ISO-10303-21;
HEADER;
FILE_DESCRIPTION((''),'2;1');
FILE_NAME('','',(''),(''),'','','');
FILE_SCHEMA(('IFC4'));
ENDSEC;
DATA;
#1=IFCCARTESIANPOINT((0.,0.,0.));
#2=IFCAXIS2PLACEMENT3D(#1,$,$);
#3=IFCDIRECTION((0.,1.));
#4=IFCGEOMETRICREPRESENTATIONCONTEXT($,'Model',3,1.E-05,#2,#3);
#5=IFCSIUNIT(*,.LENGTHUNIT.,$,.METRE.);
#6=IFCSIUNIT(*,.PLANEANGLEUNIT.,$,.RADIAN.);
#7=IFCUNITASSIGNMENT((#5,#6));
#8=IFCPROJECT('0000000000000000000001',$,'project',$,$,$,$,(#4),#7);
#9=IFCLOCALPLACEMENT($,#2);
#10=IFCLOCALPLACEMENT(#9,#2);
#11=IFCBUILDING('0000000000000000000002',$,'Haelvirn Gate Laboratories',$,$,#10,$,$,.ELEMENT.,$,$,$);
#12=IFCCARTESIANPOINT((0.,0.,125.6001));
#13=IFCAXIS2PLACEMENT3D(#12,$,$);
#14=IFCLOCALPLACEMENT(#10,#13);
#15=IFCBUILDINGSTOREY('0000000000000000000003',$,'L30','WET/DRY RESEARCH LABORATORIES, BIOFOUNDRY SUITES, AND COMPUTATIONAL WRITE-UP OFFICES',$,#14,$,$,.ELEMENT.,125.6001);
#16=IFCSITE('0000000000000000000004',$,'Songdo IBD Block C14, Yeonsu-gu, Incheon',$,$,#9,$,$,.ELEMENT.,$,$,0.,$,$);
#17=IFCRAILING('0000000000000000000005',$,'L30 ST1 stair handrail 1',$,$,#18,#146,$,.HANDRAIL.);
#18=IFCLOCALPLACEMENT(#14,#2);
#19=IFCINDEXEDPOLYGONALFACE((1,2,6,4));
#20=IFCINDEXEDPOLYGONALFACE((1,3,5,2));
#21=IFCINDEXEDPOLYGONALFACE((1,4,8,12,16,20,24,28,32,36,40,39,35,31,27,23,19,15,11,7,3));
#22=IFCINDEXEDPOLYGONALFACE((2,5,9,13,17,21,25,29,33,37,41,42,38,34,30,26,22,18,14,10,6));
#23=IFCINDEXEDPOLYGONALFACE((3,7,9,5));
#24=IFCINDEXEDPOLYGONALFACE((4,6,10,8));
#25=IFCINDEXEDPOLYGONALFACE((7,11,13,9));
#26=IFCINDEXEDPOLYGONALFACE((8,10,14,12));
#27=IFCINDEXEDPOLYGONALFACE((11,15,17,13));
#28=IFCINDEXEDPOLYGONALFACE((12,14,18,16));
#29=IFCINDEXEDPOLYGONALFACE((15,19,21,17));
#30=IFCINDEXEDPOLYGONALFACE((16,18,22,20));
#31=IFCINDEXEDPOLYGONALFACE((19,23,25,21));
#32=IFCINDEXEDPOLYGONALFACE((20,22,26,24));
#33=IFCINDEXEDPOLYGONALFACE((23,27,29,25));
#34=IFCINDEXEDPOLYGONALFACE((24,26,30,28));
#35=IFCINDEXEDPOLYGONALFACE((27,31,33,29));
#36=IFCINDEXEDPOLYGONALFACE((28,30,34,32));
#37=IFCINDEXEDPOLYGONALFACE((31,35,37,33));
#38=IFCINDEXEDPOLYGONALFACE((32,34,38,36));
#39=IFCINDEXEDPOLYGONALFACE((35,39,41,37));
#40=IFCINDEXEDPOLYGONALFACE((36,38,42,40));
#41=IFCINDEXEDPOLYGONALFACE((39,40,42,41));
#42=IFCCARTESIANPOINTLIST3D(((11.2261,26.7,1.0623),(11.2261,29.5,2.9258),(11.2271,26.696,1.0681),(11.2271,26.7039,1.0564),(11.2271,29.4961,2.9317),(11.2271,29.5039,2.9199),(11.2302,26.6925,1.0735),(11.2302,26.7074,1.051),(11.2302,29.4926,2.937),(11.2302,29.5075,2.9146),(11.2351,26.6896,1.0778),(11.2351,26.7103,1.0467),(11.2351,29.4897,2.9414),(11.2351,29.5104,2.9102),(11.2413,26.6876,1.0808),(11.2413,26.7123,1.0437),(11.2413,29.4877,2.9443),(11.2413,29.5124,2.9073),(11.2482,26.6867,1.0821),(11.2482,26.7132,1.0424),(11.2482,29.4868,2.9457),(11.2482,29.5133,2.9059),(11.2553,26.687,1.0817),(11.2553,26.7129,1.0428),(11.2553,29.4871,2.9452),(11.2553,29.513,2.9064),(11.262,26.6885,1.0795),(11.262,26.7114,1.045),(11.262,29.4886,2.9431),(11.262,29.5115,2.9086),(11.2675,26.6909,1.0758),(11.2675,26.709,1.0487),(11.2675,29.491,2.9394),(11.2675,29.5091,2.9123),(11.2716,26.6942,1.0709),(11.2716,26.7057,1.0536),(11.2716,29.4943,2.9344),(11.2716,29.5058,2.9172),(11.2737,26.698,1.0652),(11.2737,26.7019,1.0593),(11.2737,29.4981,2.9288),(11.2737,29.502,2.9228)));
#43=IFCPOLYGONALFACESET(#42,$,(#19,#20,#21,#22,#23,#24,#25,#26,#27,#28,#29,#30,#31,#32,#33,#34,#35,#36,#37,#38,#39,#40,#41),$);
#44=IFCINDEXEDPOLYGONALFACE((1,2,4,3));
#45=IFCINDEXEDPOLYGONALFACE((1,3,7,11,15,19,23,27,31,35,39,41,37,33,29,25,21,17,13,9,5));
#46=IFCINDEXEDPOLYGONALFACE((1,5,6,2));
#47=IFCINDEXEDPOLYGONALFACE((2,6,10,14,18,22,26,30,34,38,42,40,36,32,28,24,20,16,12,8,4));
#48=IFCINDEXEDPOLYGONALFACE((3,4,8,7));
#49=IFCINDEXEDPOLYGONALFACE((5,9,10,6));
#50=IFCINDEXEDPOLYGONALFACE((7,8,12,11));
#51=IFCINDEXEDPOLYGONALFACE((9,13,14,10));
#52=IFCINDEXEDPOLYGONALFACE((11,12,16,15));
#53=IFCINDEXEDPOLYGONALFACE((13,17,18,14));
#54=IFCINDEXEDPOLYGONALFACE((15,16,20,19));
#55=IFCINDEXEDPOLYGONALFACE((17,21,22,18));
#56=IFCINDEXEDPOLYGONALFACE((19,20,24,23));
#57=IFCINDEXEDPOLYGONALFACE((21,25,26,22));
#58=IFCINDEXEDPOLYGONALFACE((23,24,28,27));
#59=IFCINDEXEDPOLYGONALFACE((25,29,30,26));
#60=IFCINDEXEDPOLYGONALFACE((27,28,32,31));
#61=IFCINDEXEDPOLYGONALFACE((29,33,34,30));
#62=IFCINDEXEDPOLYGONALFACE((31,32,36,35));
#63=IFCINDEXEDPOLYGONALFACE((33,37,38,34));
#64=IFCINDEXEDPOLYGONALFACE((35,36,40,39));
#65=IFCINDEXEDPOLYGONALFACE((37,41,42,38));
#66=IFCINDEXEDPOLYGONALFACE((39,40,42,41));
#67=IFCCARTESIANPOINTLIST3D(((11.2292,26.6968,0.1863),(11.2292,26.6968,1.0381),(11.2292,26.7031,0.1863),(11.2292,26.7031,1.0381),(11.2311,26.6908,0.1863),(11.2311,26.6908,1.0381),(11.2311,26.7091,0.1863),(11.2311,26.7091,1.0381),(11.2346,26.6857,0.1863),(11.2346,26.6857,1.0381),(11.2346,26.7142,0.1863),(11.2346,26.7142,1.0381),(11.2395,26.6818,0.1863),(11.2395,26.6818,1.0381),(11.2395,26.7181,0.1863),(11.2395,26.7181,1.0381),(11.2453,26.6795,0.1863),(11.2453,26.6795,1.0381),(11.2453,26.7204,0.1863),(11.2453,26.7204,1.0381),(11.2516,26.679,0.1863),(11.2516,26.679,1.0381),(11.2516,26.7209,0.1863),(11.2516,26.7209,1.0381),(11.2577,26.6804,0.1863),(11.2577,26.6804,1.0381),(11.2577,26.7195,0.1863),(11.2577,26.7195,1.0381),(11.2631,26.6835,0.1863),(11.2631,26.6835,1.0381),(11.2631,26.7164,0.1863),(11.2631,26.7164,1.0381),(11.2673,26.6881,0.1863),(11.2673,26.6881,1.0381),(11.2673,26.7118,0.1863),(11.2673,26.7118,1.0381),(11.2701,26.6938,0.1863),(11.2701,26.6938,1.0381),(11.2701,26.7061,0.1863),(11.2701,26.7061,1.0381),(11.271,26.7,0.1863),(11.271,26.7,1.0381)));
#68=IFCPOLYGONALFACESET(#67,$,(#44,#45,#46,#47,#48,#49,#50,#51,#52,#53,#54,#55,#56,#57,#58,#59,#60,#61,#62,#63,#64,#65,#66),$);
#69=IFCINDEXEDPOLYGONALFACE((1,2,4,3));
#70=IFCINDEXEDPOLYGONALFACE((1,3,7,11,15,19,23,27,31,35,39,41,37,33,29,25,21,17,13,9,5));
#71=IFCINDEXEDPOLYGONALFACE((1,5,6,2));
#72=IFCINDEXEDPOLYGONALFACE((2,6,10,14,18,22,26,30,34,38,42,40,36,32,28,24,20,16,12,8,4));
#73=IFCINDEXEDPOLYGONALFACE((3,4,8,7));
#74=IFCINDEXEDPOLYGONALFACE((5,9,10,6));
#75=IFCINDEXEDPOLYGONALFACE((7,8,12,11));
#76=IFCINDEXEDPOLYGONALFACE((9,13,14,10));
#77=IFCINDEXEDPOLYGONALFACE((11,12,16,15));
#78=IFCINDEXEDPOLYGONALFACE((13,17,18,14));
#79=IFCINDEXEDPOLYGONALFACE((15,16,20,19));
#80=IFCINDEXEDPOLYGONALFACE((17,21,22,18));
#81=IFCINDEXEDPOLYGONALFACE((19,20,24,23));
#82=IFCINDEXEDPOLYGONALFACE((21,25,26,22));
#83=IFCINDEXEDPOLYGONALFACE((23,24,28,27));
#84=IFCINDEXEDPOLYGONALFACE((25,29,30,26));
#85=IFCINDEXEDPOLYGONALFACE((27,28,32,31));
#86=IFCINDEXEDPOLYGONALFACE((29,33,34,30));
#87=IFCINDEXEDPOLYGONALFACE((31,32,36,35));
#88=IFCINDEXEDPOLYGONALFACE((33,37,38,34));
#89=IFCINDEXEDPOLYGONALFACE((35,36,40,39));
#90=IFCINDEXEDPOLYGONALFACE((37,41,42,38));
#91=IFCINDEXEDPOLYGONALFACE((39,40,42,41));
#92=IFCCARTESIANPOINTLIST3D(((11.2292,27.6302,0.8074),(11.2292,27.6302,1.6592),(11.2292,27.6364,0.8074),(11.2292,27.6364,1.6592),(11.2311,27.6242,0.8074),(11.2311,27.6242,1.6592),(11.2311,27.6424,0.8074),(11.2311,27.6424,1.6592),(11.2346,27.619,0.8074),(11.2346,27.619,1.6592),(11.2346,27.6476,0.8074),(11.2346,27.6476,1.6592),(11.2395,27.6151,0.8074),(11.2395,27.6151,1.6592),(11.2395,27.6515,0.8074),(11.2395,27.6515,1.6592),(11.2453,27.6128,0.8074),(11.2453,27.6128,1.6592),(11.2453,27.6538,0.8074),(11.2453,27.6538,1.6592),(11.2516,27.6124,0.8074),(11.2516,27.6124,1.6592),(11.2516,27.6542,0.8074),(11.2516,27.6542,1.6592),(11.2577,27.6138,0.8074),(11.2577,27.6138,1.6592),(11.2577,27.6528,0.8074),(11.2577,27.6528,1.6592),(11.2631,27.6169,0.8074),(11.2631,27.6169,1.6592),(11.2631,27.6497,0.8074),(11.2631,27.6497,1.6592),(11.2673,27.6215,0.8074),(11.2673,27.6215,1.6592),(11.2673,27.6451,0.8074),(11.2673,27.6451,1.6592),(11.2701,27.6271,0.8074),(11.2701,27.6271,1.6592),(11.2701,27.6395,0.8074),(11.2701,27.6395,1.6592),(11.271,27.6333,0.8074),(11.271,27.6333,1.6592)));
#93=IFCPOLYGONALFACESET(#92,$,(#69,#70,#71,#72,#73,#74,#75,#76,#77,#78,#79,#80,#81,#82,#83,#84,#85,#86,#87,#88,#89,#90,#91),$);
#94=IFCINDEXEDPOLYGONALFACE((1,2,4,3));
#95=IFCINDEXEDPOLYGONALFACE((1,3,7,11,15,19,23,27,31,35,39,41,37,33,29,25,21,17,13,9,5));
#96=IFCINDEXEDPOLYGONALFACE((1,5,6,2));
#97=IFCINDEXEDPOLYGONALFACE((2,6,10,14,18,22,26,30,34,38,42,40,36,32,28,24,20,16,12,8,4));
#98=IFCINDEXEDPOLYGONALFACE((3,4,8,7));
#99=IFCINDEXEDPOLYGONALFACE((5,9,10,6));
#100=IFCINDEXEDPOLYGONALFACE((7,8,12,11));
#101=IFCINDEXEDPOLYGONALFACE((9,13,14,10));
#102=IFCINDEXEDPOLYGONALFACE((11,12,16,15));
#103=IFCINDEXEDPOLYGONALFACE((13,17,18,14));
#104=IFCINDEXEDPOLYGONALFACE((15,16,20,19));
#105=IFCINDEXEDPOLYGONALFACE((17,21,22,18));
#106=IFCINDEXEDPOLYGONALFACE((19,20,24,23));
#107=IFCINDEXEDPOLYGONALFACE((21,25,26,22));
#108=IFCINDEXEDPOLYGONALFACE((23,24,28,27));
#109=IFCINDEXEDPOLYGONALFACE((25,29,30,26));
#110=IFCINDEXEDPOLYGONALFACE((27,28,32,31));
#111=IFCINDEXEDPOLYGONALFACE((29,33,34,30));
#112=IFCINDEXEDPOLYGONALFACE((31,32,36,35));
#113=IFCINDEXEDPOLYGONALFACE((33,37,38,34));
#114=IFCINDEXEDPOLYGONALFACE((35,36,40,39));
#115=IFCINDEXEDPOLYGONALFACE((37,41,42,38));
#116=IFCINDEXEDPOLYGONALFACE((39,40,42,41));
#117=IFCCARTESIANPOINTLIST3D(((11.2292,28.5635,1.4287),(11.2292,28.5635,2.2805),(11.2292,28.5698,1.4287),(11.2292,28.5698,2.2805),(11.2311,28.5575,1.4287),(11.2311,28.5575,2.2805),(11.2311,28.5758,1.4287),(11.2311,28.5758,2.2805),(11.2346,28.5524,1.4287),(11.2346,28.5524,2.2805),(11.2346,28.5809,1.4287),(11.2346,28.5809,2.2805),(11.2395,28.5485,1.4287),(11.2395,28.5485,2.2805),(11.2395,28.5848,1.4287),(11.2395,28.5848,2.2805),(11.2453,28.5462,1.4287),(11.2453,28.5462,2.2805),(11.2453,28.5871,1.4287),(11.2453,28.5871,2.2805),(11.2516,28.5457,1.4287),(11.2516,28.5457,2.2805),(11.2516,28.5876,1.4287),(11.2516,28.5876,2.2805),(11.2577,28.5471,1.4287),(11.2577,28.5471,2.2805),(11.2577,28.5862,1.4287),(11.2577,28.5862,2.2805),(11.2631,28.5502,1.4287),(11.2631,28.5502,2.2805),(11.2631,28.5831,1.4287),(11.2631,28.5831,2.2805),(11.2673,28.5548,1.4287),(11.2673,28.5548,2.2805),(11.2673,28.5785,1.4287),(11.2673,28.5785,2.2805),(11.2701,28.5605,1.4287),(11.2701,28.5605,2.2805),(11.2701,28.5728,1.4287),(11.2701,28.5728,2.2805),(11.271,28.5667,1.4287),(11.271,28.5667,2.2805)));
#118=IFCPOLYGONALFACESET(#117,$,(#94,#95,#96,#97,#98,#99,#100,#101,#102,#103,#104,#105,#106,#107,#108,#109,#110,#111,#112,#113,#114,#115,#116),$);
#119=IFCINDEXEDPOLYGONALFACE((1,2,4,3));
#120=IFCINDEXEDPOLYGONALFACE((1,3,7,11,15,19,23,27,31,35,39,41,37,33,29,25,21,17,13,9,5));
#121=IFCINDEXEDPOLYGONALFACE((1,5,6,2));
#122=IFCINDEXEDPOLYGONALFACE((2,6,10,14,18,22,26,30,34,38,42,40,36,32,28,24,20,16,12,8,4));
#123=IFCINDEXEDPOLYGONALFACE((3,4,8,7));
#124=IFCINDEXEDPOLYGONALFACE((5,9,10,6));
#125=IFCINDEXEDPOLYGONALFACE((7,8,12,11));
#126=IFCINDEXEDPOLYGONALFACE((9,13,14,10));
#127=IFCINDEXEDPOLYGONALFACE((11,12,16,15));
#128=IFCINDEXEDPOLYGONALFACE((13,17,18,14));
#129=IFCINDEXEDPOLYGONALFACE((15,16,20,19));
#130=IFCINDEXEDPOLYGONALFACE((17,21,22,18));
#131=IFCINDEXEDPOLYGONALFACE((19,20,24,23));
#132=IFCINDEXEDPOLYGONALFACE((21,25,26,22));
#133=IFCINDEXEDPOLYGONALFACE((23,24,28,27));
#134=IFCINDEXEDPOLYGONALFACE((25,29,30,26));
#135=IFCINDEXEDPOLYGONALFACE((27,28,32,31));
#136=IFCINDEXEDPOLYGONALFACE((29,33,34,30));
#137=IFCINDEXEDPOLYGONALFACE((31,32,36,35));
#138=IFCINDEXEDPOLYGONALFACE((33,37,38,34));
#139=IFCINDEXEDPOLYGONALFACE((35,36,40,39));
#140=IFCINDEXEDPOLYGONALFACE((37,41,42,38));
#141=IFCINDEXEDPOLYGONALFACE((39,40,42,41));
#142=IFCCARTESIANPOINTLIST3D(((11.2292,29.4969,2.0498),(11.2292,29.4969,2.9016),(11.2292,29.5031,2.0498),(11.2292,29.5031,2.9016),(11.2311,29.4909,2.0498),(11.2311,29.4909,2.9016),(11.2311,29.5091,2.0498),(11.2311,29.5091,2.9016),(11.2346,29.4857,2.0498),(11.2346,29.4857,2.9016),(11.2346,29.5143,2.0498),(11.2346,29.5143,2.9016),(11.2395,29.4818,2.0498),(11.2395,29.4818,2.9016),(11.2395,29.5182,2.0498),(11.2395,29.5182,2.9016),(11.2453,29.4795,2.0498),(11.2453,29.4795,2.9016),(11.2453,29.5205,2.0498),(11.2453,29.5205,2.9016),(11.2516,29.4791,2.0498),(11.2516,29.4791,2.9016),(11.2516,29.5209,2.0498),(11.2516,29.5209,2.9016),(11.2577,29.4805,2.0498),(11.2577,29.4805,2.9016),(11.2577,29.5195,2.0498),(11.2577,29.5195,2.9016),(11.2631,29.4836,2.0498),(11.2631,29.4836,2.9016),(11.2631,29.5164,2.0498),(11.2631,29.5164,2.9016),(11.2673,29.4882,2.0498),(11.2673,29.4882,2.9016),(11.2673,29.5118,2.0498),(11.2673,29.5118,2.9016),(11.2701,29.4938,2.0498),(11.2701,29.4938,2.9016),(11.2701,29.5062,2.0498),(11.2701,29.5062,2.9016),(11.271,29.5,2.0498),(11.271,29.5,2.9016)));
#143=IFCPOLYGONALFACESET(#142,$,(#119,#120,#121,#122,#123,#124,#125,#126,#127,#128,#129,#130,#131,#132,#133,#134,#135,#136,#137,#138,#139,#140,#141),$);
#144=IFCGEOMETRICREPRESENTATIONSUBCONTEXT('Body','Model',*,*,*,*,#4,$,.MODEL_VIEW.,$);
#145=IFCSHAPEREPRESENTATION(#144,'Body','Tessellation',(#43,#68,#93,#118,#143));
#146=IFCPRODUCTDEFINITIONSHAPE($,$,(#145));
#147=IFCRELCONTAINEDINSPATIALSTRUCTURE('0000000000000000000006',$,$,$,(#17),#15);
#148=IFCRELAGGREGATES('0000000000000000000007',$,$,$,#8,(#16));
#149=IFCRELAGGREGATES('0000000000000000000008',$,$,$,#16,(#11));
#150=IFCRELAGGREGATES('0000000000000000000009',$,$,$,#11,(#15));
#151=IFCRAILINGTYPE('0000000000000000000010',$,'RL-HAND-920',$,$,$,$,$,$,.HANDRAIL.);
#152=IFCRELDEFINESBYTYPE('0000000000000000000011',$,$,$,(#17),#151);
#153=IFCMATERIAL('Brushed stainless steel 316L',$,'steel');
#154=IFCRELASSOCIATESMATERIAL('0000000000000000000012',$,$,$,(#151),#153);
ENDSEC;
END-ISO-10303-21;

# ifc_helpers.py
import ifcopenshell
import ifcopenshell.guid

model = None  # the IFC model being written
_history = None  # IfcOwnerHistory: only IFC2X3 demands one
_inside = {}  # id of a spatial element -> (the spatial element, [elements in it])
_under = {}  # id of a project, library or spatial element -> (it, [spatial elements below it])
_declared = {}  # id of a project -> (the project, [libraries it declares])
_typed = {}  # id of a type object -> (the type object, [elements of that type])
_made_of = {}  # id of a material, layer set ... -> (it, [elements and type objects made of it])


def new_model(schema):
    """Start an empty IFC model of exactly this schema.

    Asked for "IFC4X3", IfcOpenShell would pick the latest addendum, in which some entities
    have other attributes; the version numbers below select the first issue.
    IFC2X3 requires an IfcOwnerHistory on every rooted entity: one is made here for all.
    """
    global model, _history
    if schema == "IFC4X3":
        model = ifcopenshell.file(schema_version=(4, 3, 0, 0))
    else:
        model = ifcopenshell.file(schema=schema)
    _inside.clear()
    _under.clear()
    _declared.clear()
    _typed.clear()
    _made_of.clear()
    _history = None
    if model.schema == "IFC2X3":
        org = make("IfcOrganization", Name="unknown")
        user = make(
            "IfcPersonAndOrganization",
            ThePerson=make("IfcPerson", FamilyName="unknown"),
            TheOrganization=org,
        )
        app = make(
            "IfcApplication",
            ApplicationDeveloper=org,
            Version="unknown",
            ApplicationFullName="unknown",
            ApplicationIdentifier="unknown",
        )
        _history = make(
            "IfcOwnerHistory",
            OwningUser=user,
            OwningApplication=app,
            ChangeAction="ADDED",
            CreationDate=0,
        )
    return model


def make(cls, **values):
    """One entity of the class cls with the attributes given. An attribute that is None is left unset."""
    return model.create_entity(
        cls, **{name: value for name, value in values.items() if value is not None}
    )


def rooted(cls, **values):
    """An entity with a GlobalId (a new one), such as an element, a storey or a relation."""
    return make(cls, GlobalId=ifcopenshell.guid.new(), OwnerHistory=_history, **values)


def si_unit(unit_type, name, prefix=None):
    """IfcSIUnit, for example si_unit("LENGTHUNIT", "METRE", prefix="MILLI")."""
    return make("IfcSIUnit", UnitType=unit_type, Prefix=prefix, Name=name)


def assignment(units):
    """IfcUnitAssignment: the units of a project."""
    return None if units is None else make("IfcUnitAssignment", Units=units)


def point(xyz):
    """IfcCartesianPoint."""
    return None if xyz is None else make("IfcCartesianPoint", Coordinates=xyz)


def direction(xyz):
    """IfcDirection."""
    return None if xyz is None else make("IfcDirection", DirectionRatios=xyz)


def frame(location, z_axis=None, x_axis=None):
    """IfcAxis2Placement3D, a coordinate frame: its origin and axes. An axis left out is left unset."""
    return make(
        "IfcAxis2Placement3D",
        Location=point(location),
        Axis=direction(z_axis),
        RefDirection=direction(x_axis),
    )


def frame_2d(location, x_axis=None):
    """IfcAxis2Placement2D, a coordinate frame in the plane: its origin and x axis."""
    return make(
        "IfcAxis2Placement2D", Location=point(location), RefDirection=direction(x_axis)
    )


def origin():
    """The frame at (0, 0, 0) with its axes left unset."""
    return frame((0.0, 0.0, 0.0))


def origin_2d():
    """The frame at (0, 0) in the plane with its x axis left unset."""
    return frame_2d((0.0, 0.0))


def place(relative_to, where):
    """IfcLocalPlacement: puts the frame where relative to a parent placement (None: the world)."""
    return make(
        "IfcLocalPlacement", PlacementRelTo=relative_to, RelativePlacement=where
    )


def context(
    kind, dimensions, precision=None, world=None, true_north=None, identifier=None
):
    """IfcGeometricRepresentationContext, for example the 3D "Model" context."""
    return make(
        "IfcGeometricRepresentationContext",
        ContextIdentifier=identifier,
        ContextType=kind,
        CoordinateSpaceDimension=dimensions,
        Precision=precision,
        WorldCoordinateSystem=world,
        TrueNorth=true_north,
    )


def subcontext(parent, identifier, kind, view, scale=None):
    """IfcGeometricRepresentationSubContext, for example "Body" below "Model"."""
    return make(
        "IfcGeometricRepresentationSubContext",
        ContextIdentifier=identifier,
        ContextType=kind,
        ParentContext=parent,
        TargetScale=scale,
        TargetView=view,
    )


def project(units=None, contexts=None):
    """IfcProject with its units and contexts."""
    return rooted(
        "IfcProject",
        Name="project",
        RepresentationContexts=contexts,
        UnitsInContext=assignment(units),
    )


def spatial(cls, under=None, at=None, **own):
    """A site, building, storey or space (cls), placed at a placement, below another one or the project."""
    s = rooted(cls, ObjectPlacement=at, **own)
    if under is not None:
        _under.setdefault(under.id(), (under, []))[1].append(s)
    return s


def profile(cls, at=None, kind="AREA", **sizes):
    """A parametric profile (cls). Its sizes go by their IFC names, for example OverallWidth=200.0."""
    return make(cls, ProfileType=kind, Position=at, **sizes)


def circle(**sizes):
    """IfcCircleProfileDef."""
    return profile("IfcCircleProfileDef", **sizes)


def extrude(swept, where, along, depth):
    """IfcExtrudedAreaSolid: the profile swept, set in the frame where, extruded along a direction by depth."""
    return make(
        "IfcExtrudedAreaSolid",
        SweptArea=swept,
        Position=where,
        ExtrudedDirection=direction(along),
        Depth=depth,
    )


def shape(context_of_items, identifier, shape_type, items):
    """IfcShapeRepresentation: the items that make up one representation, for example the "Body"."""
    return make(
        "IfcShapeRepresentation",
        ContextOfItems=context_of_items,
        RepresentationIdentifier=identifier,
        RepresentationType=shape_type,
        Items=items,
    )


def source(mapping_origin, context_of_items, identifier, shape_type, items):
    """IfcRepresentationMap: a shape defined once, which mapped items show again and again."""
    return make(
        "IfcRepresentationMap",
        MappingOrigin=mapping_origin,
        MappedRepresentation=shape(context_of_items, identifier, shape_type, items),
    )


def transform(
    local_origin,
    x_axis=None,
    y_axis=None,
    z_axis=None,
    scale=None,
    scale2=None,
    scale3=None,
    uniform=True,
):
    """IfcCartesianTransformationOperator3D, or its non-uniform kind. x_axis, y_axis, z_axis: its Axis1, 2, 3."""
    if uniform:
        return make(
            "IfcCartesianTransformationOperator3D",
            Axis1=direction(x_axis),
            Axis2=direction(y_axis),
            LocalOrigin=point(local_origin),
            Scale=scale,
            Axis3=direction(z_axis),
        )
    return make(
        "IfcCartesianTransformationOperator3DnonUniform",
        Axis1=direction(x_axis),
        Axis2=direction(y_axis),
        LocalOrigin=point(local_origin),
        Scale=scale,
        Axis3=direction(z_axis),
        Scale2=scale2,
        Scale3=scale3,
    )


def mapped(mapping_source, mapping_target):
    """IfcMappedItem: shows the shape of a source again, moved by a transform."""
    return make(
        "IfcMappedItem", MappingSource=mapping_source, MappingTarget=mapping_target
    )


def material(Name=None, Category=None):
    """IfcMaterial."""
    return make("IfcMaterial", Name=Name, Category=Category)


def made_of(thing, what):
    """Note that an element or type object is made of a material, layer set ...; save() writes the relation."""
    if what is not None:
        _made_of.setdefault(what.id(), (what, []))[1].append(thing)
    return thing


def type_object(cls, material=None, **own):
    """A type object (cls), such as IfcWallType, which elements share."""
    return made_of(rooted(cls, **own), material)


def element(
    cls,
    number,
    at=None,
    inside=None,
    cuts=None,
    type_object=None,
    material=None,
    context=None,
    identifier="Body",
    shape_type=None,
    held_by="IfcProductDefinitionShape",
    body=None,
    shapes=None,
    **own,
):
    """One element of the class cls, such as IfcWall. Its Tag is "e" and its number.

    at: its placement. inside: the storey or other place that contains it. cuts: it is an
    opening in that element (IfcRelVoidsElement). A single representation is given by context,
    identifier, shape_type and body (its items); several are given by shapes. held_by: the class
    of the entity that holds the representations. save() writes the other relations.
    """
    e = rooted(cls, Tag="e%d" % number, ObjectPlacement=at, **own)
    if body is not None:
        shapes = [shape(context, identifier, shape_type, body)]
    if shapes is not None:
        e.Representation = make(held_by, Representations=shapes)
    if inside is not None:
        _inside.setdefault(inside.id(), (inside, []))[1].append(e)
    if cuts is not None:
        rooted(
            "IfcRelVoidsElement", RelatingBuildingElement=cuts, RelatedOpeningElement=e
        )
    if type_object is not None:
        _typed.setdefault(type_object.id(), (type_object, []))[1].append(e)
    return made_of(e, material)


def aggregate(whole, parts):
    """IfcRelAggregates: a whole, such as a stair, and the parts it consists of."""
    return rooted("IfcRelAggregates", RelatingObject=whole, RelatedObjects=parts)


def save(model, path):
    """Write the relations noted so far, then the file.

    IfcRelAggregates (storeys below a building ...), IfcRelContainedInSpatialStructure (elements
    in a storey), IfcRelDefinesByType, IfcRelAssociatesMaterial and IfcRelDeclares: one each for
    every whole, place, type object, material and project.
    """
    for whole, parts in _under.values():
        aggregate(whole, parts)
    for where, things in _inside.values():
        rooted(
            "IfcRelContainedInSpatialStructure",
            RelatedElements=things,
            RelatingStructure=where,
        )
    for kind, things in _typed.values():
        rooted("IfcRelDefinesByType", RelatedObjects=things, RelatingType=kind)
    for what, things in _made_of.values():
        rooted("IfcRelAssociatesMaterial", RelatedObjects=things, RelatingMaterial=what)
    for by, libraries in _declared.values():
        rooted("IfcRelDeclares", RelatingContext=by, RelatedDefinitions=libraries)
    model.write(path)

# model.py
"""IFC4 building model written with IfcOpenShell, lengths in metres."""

from ifc_helpers import new_model, si_unit, direction, frame, origin, origin_2d, place, context, subcontext, project, spatial, circle, extrude, source, transform, mapped, material, type_object, element, save


model = new_model("IFC4")

# Units and contexts
model_context = context("Model", 3, precision=1e-05, world=origin(), true_north=direction((0.0, 1.0)))
body_context = subcontext(model_context, "Body", "Model", "MODEL_VIEW")
ifc_project = project(units=[si_unit("LENGTHUNIT", "METRE"), si_unit("PLANEANGLEUNIT", "RADIAN")], contexts=[model_context])

# Site, building, storey
site_placement = place(None, origin())
site = spatial("IfcSite", under=ifc_project, at=site_placement, Name="Songdo IBD Block C14, Yeonsu-gu, Incheon", CompositionType="ELEMENT", RefElevation=0.0)
building_placement = place(site_placement, origin())
building = spatial("IfcBuilding", under=site, at=building_placement, Name="Haelvirn Gate Laboratories", CompositionType="ELEMENT")
storey_placement = place(building_placement, frame((0.0, 0.0, 125.6001)))
storey = spatial("IfcBuildingStorey", under=building, at=storey_placement, Name="L30", Description="WET/DRY RESEARCH LABORATORIES, BIOFOUNDRY SUITES, AND COMPUTATIONAL WRITE-UP OFFICES", CompositionType="ELEMENT", Elevation=125.6001)

# Railing
ifc_material_1 = material(Name="Brushed stainless steel 316L", Category="steel")
railing_type_1 = type_object("IfcRailingType", Name="RL-HAND-920", PredefinedType="HANDRAIL", material=ifc_material_1)
shared_shape_1 = source(origin(), body_context, "Body", "SweptSolid", [
    extrude(circle(Radius=0.0239, at=origin_2d()), frame((0.0, 0.0, 0.876), z_axis=(0.0, 0.832486, 0.554047), x_axis=(-1.0, 0.0, 0.0)), (0.0, 0.0, 1.0), 3.3635),
    extrude(circle(Radius=0.021, at=origin_2d()), origin(), (0.0, 0.0, 1.0), 0.8518),
    extrude(circle(Radius=0.021, at=origin_2d()), frame((0.0, 0.9333, 0.6211)), (0.0, 0.0, 1.0), 0.8518),
    extrude(circle(Radius=0.021, at=origin_2d()), frame((0.0, 1.8667, 1.2424)), (0.0, 0.0, 1.0), 0.8518),
    extrude(circle(Radius=0.021, at=origin_2d()), frame((0.0, 2.8, 1.8635)), (0.0, 0.0, 1.0), 0.8518),
])
railing_1_placement = place(storey_placement, frame((11.25, 26.7, 0.1863)))
element("IfcRailing", 1, at=railing_1_placement, inside=storey, type_object=railing_type_1, Name="L30 ST1 stair handrail 1", PredefinedType="HANDRAIL", context=body_context, shape_type="MappedRepresentation", body=[
    mapped(shared_shape_1, transform((0.0, 0.0, 0.0), scale=1.0)),
])

save(model, "model.ifc")
